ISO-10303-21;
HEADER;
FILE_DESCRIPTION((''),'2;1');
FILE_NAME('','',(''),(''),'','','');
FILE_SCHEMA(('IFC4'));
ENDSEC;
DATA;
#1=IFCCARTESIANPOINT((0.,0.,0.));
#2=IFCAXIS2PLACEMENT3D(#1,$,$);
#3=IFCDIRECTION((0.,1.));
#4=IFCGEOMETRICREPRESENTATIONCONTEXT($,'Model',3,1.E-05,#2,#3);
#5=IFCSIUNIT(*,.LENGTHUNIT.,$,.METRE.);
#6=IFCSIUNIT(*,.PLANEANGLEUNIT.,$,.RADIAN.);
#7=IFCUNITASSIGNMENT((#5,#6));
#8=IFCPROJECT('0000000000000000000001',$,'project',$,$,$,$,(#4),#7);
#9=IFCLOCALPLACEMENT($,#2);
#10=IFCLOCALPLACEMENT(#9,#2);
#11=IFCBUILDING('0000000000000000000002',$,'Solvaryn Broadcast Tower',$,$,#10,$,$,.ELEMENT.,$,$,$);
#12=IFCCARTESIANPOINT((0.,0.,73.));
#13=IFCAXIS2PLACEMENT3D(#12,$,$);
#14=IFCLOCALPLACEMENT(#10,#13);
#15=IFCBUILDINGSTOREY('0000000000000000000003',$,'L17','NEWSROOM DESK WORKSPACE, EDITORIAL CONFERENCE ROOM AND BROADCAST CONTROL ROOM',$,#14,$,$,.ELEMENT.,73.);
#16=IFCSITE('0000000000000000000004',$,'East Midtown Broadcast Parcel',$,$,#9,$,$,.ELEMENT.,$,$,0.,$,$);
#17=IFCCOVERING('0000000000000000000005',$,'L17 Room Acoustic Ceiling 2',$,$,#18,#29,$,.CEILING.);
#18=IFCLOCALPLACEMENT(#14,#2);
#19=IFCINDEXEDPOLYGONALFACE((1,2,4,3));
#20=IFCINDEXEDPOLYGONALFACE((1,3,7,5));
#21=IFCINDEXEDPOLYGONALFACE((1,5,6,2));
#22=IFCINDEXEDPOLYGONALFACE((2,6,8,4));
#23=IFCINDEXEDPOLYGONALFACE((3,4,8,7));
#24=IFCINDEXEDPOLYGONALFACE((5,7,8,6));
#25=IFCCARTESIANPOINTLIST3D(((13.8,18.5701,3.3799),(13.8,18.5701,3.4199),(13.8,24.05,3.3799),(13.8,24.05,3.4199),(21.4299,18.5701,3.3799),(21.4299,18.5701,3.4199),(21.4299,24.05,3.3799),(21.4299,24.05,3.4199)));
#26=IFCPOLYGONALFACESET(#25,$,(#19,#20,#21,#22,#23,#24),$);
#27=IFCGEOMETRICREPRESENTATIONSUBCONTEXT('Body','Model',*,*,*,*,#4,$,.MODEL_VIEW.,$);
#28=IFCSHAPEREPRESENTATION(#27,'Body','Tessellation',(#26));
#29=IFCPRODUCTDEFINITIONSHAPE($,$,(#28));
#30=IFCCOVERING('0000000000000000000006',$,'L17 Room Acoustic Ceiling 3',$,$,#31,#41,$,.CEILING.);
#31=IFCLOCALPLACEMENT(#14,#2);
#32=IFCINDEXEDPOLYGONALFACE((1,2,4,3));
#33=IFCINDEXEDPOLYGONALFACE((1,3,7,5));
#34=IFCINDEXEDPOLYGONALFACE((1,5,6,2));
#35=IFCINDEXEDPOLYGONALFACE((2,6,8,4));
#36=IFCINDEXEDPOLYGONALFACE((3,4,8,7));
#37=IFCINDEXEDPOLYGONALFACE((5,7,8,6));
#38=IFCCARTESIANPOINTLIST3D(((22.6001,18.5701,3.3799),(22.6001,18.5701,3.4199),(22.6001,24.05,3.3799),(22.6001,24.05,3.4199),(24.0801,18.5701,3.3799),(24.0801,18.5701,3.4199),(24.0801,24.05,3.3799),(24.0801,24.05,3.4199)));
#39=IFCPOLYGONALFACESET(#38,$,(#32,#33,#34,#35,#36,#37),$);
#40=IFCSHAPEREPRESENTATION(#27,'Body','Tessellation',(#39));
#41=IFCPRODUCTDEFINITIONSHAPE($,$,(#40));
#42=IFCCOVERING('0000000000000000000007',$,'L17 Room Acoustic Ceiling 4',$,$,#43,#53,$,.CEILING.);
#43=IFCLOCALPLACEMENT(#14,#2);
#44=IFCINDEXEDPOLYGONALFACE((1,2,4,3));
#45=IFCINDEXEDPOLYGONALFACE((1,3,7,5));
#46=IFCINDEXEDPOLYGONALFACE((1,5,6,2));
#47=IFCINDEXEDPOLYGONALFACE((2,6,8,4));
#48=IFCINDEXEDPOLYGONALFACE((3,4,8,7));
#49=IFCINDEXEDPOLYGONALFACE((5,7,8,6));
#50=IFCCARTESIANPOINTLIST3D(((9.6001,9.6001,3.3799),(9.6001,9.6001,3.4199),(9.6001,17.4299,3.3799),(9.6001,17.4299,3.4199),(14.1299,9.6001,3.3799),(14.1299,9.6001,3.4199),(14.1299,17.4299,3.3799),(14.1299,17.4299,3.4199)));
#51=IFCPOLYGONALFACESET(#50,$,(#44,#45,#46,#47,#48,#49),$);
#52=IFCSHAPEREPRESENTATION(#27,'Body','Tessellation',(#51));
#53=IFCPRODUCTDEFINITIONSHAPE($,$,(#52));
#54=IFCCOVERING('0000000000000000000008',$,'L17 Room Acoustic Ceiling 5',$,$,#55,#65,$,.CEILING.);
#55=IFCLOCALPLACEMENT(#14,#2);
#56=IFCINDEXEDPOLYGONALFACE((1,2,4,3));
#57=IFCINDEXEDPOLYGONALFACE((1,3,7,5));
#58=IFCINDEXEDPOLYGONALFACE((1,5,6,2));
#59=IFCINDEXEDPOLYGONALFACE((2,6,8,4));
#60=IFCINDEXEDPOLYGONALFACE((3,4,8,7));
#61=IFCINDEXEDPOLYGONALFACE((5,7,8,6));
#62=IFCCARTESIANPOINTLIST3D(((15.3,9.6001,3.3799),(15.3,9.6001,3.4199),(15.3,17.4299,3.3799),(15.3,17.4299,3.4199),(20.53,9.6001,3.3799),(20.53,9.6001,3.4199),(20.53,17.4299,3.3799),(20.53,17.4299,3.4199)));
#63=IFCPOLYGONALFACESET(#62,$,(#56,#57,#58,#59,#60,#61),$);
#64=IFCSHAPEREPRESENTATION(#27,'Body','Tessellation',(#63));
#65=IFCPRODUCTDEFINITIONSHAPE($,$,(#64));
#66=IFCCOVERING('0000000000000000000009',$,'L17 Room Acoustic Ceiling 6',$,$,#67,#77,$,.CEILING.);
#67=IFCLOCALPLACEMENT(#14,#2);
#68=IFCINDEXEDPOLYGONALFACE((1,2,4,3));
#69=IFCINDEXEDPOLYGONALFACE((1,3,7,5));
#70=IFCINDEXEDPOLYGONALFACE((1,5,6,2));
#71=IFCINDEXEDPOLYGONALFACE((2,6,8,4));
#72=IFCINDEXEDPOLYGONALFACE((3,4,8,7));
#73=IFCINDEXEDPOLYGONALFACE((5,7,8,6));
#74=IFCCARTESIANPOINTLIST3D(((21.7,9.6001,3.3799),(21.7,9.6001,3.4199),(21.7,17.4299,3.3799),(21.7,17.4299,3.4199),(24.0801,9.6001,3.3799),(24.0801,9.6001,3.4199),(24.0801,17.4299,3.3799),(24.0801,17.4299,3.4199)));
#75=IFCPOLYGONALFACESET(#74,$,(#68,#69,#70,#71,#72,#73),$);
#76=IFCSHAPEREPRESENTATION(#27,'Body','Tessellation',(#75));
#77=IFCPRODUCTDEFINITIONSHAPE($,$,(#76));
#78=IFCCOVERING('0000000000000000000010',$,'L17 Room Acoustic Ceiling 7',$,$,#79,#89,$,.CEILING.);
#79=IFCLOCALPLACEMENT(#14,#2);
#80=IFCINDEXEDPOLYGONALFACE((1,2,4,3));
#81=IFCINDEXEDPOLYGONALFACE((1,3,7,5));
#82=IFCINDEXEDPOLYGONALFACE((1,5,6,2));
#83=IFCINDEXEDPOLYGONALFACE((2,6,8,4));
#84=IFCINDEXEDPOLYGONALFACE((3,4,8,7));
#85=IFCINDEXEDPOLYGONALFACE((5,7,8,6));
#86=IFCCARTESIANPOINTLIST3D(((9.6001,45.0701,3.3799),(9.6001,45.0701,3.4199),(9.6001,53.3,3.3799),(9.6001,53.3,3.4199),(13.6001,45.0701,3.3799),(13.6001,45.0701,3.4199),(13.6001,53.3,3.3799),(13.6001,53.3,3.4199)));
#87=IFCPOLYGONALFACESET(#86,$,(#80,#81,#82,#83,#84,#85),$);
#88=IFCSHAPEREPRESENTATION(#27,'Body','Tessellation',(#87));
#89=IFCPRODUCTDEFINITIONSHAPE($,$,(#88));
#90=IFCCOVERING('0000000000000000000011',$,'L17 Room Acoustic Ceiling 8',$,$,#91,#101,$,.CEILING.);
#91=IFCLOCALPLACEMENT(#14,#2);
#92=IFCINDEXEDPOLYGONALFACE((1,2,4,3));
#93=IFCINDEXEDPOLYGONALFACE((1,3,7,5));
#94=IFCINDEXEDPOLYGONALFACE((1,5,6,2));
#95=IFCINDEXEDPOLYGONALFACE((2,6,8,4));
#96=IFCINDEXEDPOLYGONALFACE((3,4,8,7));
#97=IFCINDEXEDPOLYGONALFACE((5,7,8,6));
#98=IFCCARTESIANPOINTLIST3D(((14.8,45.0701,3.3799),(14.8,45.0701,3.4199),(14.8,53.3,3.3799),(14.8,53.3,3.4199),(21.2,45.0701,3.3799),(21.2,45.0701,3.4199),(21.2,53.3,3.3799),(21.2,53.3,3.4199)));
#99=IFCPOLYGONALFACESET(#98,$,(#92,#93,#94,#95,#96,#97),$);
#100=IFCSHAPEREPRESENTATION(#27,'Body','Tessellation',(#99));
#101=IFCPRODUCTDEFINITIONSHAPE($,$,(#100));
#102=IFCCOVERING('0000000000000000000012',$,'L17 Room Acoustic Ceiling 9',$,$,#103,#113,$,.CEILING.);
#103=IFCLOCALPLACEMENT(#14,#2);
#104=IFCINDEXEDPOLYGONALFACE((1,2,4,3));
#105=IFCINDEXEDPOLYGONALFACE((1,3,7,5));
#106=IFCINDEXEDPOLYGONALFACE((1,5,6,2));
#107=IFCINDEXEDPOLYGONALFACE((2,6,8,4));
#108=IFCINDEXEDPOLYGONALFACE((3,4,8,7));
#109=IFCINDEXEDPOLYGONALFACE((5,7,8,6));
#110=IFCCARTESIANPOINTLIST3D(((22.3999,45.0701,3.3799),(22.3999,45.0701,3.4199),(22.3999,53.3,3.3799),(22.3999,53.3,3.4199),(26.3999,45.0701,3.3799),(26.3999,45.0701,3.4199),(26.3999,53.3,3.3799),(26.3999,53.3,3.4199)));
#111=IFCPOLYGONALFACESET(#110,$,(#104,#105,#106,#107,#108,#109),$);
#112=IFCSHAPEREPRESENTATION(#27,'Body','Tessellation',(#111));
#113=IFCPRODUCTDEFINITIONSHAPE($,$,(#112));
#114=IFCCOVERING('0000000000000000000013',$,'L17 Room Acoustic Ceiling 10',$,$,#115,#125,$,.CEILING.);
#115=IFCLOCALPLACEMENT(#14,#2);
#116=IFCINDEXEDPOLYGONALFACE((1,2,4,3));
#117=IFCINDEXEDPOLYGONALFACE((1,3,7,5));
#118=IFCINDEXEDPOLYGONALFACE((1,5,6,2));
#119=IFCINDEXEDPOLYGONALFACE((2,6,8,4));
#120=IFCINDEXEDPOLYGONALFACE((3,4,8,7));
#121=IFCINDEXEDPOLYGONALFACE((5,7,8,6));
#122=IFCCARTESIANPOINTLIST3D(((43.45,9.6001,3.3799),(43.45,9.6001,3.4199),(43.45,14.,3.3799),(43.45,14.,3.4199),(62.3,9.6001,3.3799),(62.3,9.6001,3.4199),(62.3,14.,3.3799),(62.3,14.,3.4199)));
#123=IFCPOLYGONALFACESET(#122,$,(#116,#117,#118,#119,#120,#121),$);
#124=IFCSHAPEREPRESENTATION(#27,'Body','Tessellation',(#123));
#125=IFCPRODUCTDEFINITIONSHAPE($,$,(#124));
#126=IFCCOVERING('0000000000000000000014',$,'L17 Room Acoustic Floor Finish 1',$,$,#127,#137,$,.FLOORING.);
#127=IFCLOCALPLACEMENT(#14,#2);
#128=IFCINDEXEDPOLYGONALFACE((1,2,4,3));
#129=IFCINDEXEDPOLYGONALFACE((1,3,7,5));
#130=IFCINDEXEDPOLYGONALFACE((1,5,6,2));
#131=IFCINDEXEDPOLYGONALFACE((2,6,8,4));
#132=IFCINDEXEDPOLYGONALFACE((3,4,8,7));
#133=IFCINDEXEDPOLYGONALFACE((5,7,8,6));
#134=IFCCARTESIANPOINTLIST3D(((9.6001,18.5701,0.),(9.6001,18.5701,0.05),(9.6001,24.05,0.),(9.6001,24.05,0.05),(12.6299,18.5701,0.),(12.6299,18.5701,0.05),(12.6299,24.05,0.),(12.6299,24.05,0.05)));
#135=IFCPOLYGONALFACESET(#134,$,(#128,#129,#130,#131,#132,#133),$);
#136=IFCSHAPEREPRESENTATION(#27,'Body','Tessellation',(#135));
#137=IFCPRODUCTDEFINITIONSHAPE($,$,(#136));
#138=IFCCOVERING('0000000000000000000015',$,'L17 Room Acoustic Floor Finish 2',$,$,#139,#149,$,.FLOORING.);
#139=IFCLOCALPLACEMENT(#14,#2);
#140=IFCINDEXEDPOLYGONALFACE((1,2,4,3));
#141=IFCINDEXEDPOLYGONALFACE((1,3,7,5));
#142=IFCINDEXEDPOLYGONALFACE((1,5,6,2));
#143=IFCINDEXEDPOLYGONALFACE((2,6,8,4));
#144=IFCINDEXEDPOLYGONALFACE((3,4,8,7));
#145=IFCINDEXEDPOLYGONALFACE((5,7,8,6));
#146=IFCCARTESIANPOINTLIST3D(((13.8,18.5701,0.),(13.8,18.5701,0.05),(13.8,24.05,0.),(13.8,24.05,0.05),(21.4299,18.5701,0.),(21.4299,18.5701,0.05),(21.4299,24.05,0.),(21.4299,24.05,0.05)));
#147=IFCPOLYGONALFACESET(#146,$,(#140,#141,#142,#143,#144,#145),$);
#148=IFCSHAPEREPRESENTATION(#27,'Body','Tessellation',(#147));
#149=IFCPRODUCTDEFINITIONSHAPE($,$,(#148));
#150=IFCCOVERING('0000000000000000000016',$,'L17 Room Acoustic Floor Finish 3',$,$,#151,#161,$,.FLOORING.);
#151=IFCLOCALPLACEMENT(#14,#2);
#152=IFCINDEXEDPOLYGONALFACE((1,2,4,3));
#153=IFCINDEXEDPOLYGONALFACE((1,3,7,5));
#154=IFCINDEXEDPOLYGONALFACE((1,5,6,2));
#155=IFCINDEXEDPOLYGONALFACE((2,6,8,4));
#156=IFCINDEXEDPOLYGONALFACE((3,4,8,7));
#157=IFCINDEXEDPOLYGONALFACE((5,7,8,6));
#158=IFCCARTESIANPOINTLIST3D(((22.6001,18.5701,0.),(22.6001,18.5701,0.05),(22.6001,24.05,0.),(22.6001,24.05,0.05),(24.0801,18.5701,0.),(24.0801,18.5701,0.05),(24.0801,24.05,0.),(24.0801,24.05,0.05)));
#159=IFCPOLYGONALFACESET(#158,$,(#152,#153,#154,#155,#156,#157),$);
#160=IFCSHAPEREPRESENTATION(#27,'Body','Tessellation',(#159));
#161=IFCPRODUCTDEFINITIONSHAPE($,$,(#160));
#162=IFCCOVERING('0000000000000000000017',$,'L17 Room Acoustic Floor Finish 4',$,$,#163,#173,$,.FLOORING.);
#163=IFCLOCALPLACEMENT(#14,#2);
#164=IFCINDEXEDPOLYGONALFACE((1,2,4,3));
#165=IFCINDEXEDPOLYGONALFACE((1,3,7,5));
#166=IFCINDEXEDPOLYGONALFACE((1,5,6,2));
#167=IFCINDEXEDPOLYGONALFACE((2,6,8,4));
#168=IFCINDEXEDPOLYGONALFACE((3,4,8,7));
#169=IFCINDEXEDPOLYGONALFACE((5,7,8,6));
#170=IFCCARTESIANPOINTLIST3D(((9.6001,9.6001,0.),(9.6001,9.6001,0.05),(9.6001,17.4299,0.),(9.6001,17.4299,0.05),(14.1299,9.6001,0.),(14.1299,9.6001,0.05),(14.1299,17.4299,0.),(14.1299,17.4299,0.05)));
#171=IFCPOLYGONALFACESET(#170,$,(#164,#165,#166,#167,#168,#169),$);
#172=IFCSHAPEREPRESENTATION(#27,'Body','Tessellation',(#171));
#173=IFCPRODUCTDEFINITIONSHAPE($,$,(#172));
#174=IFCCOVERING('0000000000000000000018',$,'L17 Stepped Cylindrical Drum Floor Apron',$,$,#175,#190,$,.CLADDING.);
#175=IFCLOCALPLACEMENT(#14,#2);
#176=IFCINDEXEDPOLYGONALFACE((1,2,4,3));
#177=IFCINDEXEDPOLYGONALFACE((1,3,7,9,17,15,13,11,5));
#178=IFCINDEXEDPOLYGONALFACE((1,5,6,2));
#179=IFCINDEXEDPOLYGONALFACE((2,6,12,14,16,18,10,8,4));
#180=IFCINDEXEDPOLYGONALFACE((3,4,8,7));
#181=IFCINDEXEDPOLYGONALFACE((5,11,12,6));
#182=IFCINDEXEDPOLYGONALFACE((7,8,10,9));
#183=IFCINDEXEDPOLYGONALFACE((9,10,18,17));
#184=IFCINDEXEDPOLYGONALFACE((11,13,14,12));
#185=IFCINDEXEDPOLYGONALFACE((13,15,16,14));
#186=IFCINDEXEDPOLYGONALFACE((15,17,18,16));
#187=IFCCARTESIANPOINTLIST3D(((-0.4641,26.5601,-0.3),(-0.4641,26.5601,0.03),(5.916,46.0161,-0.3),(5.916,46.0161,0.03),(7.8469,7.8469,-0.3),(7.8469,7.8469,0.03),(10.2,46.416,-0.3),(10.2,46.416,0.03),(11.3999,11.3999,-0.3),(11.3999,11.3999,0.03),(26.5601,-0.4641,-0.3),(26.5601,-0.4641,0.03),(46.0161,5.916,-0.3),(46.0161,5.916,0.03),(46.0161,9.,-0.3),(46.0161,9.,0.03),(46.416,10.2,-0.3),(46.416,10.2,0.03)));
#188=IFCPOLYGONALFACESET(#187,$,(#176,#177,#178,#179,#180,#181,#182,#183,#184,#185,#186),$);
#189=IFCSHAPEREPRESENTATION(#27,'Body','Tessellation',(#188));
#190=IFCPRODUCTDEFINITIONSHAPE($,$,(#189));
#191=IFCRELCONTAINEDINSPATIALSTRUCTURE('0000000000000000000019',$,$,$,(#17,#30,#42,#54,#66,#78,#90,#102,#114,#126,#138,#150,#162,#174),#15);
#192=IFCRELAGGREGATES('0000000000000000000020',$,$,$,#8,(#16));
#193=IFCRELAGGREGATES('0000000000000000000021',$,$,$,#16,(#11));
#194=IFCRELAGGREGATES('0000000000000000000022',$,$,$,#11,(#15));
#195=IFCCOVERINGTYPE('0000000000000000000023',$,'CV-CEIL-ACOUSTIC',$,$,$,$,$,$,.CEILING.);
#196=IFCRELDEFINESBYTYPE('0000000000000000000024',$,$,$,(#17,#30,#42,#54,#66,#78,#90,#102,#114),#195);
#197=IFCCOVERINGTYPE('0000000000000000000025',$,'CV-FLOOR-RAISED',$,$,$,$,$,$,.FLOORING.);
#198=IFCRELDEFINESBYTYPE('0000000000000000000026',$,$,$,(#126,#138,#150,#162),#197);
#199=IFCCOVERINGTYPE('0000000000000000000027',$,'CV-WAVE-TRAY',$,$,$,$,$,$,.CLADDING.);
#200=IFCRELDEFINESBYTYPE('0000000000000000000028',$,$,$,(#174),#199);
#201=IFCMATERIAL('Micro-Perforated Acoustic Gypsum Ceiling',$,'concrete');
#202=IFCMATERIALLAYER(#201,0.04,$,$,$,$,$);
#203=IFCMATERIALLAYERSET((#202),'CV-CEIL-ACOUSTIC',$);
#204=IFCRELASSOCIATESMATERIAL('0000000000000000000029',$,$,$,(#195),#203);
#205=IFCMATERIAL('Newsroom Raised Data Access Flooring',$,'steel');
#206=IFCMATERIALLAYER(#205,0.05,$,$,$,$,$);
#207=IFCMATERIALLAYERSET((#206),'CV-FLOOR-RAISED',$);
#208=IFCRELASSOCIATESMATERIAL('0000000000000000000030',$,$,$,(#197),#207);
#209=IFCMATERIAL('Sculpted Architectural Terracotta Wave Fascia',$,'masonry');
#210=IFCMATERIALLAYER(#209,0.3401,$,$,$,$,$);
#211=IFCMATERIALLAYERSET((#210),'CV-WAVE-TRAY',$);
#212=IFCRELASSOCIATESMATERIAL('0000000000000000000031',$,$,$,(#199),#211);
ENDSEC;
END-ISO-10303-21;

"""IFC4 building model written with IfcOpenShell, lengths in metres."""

from ifc_helpers import new_model, si_unit, direction, frame, origin, place, context, subcontext, project, spatial, polyline, outline, extrude, material, layer, layer_set, type_object, element, save


model = new_model("IFC4")

# Units and contexts
model_context = context("Model", 3, precision=1e-05, world=origin(), true_north=direction((0.0, 1.0)))
body_context = subcontext(model_context, "Body", "Model", "MODEL_VIEW")
ifc_project = project(units=[si_unit("LENGTHUNIT", "METRE"), si_unit("PLANEANGLEUNIT", "RADIAN")], contexts=[model_context])

# Site, building, storey
site_placement = place(None, origin())
site = spatial("IfcSite", under=ifc_project, at=site_placement, Name="East Midtown Broadcast Parcel", CompositionType="ELEMENT", RefElevation=0.0)
building_placement = place(site_placement, origin())
building = spatial("IfcBuilding", under=site, at=building_placement, Name="Solvaryn Broadcast Tower", CompositionType="ELEMENT")
storey_placement = place(building_placement, frame((0.0, 0.0, 73.0)))
storey = spatial("IfcBuildingStorey", under=building, at=storey_placement, Name="L17", Description="NEWSROOM DESK WORKSPACE, EDITORIAL CONFERENCE ROOM AND BROADCAST CONTROL ROOM", CompositionType="ELEMENT", Elevation=73.0)

# Coverings
ifc_material_1 = material(Name="Micro-Perforated Acoustic Gypsum Ceiling", Category="concrete")
ifc_layer_1 = layer(ifc_material_1, 0.04)
ifc_layer_set_1 = layer_set([ifc_layer_1], Name="CV-CEIL-ACOUSTIC")
covering_type_1 = type_object("IfcCoveringType", Name="CV-CEIL-ACOUSTIC", PredefinedType="CEILING", material=ifc_layer_set_1)
covering_1_placement = place(storey_placement, frame((0.0, 0.0, 3.3799)))
element("IfcCovering", 1, at=covering_1_placement, inside=storey, type_object=covering_type_1, Name="L17 Room Acoustic Ceiling 2", PredefinedType="CEILING", context=body_context, shape_type="SweptSolid", body=[
    extrude(outline(polyline([(13.8, 18.5701), (21.4299, 18.5701), (21.4299, 24.05), (13.8, 24.05), (13.8, 18.5701)])), origin(), (0.0, 0.0, 1.0), 0.04),
])
covering_2_placement = place(storey_placement, frame((0.0, 0.0, 3.3799)))
element("IfcCovering", 2, at=covering_2_placement, inside=storey, type_object=covering_type_1, Name="L17 Room Acoustic Ceiling 3", PredefinedType="CEILING", context=body_context, shape_type="SweptSolid", body=[
    extrude(outline(polyline([(22.6001, 18.5701), (24.0801, 18.5701), (24.0801, 24.05), (22.6001, 24.05), (22.6001, 18.5701)])), origin(), (0.0, 0.0, 1.0), 0.04),
])
covering_3_placement = place(storey_placement, frame((0.0, 0.0, 3.3799)))
element("IfcCovering", 3, at=covering_3_placement, inside=storey, type_object=covering_type_1, Name="L17 Room Acoustic Ceiling 4", PredefinedType="CEILING", context=body_context, shape_type="SweptSolid", body=[
    extrude(outline(polyline([(9.6001, 9.6001), (14.1299, 9.6001), (14.1299, 17.4299), (9.6001, 17.4299), (9.6001, 9.6001)])), origin(), (0.0, 0.0, 1.0), 0.04),
])
covering_4_placement = place(storey_placement, frame((0.0, 0.0, 3.3799)))
element("IfcCovering", 4, at=covering_4_placement, inside=storey, type_object=covering_type_1, Name="L17 Room Acoustic Ceiling 5", PredefinedType="CEILING", context=body_context, shape_type="SweptSolid", body=[
    extrude(outline(polyline([(15.3, 9.6001), (20.53, 9.6001), (20.53, 17.4299), (15.3, 17.4299), (15.3, 9.6001)])), origin(), (0.0, 0.0, 1.0), 0.04),
])
covering_5_placement = place(storey_placement, frame((0.0, 0.0, 3.3799)))
element("IfcCovering", 5, at=covering_5_placement, inside=storey, type_object=covering_type_1, Name="L17 Room Acoustic Ceiling 6", PredefinedType="CEILING", context=body_context, shape_type="SweptSolid", body=[
    extrude(outline(polyline([(21.7, 9.6001), (24.0801, 9.6001), (24.0801, 17.4299), (21.7, 17.4299), (21.7, 9.6001)])), origin(), (0.0, 0.0, 1.0), 0.04),
])
covering_6_placement = place(storey_placement, frame((0.0, 0.0, 3.3799)))
element("IfcCovering", 6, at=covering_6_placement, inside=storey, type_object=covering_type_1, Name="L17 Room Acoustic Ceiling 7", PredefinedType="CEILING", context=body_context, shape_type="SweptSolid", body=[
    extrude(outline(polyline([(9.6001, 45.0701), (13.6001, 45.0701), (13.6001, 53.3), (9.6001, 53.3), (9.6001, 45.0701)])), origin(), (0.0, 0.0, 1.0), 0.04),
])
covering_7_placement = place(storey_placement, frame((0.0, 0.0, 3.3799)))
element("IfcCovering", 7, at=covering_7_placement, inside=storey, type_object=covering_type_1, Name="L17 Room Acoustic Ceiling 8", PredefinedType="CEILING", context=body_context, shape_type="SweptSolid", body=[
    extrude(outline(polyline([(14.8, 45.0701), (21.2, 45.0701), (21.2, 53.3), (14.8, 53.3), (14.8, 45.0701)])), origin(), (0.0, 0.0, 1.0), 0.04),
])
covering_8_placement = place(storey_placement, frame((0.0, 0.0, 3.3799)))
element("IfcCovering", 8, at=covering_8_placement, inside=storey, type_object=covering_type_1, Name="L17 Room Acoustic Ceiling 9", PredefinedType="CEILING", context=body_context, shape_type="SweptSolid", body=[
    extrude(outline(polyline([(22.3999, 45.0701), (26.3999, 45.0701), (26.3999, 53.3), (22.3999, 53.3), (22.3999, 45.0701)])), origin(), (0.0, 0.0, 1.0), 0.04),
])
covering_9_placement = place(storey_placement, frame((0.0, 0.0, 3.3799)))
element("IfcCovering", 9, at=covering_9_placement, inside=storey, type_object=covering_type_1, Name="L17 Room Acoustic Ceiling 10", PredefinedType="CEILING", context=body_context, shape_type="SweptSolid", body=[
    extrude(outline(polyline([(43.45, 9.6001), (62.3, 9.6001), (62.3, 14.0), (43.45, 14.0), (43.45, 9.6001)])), origin(), (0.0, 0.0, 1.0), 0.04),
])
ifc_material_2 = material(Name="Newsroom Raised Data Access Flooring", Category="steel")
ifc_layer_2 = layer(ifc_material_2, 0.05)
ifc_layer_set_2 = layer_set([ifc_layer_2], Name="CV-FLOOR-RAISED")
covering_type_2 = type_object("IfcCoveringType", Name="CV-FLOOR-RAISED", PredefinedType="FLOORING", material=ifc_layer_set_2)
covering_10_placement = place(storey_placement, origin())
element("IfcCovering", 10, at=covering_10_placement, inside=storey, type_object=covering_type_2, Name="L17 Room Acoustic Floor Finish 1", PredefinedType="FLOORING", context=body_context, shape_type="SweptSolid", body=[
    extrude(outline(polyline([(9.6001, 18.5701), (12.6299, 18.5701), (12.6299, 24.05), (9.6001, 24.05), (9.6001, 18.5701)])), origin(), (0.0, 0.0, 1.0), 0.05),
])
covering_11_placement = place(storey_placement, origin())
element("IfcCovering", 11, at=covering_11_placement, inside=storey, type_object=covering_type_2, Name="L17 Room Acoustic Floor Finish 2", PredefinedType="FLOORING", context=body_context, shape_type="SweptSolid", body=[
    extrude(outline(polyline([(13.8, 18.5701), (21.4299, 18.5701), (21.4299, 24.05), (13.8, 24.05), (13.8, 18.5701)])), origin(), (0.0, 0.0, 1.0), 0.05),
])
covering_12_placement = place(storey_placement, origin())
element("IfcCovering", 12, at=covering_12_placement, inside=storey, type_object=covering_type_2, Name="L17 Room Acoustic Floor Finish 3", PredefinedType="FLOORING", context=body_context, shape_type="SweptSolid", body=[
    extrude(outline(polyline([(22.6001, 18.5701), (24.0801, 18.5701), (24.0801, 24.05), (22.6001, 24.05), (22.6001, 18.5701)])), origin(), (0.0, 0.0, 1.0), 0.05),
])
covering_13_placement = place(storey_placement, origin())
element("IfcCovering", 13, at=covering_13_placement, inside=storey, type_object=covering_type_2, Name="L17 Room Acoustic Floor Finish 4", PredefinedType="FLOORING", context=body_context, shape_type="SweptSolid", body=[
    extrude(outline(polyline([(9.6001, 9.6001), (14.1299, 9.6001), (14.1299, 17.4299), (9.6001, 17.4299), (9.6001, 9.6001)])), origin(), (0.0, 0.0, 1.0), 0.05),
])
ifc_material_3 = material(Name="Sculpted Architectural Terracotta Wave Fascia", Category="masonry")
ifc_layer_3 = layer(ifc_material_3, 0.3401)
ifc_layer_set_3 = layer_set([ifc_layer_3], Name="CV-WAVE-TRAY")
covering_type_3 = type_object("IfcCoveringType", Name="CV-WAVE-TRAY", PredefinedType="CLADDING", material=ifc_layer_set_3)
covering_14_placement = place(storey_placement, frame((0.0, 0.0, -0.3)))
element("IfcCovering", 14, at=covering_14_placement, inside=storey, type_object=covering_type_3, Name="L17 Stepped Cylindrical Drum Floor Apron", PredefinedType="CLADDING", context=body_context, shape_type="SweptSolid", body=[
    extrude(outline(polyline([(10.2, 46.416), (5.916, 46.0161), (-0.4641, 26.5601), (7.8469, 7.8469), (26.5601, -0.4641), (46.0161, 5.916), (46.0161, 9.0), (46.416, 10.2), (11.3999, 11.3999), (10.2, 46.416)])), origin(), (0.0, 0.0, 1.0), 0.3301),
])

save(model, "model.ifc")
